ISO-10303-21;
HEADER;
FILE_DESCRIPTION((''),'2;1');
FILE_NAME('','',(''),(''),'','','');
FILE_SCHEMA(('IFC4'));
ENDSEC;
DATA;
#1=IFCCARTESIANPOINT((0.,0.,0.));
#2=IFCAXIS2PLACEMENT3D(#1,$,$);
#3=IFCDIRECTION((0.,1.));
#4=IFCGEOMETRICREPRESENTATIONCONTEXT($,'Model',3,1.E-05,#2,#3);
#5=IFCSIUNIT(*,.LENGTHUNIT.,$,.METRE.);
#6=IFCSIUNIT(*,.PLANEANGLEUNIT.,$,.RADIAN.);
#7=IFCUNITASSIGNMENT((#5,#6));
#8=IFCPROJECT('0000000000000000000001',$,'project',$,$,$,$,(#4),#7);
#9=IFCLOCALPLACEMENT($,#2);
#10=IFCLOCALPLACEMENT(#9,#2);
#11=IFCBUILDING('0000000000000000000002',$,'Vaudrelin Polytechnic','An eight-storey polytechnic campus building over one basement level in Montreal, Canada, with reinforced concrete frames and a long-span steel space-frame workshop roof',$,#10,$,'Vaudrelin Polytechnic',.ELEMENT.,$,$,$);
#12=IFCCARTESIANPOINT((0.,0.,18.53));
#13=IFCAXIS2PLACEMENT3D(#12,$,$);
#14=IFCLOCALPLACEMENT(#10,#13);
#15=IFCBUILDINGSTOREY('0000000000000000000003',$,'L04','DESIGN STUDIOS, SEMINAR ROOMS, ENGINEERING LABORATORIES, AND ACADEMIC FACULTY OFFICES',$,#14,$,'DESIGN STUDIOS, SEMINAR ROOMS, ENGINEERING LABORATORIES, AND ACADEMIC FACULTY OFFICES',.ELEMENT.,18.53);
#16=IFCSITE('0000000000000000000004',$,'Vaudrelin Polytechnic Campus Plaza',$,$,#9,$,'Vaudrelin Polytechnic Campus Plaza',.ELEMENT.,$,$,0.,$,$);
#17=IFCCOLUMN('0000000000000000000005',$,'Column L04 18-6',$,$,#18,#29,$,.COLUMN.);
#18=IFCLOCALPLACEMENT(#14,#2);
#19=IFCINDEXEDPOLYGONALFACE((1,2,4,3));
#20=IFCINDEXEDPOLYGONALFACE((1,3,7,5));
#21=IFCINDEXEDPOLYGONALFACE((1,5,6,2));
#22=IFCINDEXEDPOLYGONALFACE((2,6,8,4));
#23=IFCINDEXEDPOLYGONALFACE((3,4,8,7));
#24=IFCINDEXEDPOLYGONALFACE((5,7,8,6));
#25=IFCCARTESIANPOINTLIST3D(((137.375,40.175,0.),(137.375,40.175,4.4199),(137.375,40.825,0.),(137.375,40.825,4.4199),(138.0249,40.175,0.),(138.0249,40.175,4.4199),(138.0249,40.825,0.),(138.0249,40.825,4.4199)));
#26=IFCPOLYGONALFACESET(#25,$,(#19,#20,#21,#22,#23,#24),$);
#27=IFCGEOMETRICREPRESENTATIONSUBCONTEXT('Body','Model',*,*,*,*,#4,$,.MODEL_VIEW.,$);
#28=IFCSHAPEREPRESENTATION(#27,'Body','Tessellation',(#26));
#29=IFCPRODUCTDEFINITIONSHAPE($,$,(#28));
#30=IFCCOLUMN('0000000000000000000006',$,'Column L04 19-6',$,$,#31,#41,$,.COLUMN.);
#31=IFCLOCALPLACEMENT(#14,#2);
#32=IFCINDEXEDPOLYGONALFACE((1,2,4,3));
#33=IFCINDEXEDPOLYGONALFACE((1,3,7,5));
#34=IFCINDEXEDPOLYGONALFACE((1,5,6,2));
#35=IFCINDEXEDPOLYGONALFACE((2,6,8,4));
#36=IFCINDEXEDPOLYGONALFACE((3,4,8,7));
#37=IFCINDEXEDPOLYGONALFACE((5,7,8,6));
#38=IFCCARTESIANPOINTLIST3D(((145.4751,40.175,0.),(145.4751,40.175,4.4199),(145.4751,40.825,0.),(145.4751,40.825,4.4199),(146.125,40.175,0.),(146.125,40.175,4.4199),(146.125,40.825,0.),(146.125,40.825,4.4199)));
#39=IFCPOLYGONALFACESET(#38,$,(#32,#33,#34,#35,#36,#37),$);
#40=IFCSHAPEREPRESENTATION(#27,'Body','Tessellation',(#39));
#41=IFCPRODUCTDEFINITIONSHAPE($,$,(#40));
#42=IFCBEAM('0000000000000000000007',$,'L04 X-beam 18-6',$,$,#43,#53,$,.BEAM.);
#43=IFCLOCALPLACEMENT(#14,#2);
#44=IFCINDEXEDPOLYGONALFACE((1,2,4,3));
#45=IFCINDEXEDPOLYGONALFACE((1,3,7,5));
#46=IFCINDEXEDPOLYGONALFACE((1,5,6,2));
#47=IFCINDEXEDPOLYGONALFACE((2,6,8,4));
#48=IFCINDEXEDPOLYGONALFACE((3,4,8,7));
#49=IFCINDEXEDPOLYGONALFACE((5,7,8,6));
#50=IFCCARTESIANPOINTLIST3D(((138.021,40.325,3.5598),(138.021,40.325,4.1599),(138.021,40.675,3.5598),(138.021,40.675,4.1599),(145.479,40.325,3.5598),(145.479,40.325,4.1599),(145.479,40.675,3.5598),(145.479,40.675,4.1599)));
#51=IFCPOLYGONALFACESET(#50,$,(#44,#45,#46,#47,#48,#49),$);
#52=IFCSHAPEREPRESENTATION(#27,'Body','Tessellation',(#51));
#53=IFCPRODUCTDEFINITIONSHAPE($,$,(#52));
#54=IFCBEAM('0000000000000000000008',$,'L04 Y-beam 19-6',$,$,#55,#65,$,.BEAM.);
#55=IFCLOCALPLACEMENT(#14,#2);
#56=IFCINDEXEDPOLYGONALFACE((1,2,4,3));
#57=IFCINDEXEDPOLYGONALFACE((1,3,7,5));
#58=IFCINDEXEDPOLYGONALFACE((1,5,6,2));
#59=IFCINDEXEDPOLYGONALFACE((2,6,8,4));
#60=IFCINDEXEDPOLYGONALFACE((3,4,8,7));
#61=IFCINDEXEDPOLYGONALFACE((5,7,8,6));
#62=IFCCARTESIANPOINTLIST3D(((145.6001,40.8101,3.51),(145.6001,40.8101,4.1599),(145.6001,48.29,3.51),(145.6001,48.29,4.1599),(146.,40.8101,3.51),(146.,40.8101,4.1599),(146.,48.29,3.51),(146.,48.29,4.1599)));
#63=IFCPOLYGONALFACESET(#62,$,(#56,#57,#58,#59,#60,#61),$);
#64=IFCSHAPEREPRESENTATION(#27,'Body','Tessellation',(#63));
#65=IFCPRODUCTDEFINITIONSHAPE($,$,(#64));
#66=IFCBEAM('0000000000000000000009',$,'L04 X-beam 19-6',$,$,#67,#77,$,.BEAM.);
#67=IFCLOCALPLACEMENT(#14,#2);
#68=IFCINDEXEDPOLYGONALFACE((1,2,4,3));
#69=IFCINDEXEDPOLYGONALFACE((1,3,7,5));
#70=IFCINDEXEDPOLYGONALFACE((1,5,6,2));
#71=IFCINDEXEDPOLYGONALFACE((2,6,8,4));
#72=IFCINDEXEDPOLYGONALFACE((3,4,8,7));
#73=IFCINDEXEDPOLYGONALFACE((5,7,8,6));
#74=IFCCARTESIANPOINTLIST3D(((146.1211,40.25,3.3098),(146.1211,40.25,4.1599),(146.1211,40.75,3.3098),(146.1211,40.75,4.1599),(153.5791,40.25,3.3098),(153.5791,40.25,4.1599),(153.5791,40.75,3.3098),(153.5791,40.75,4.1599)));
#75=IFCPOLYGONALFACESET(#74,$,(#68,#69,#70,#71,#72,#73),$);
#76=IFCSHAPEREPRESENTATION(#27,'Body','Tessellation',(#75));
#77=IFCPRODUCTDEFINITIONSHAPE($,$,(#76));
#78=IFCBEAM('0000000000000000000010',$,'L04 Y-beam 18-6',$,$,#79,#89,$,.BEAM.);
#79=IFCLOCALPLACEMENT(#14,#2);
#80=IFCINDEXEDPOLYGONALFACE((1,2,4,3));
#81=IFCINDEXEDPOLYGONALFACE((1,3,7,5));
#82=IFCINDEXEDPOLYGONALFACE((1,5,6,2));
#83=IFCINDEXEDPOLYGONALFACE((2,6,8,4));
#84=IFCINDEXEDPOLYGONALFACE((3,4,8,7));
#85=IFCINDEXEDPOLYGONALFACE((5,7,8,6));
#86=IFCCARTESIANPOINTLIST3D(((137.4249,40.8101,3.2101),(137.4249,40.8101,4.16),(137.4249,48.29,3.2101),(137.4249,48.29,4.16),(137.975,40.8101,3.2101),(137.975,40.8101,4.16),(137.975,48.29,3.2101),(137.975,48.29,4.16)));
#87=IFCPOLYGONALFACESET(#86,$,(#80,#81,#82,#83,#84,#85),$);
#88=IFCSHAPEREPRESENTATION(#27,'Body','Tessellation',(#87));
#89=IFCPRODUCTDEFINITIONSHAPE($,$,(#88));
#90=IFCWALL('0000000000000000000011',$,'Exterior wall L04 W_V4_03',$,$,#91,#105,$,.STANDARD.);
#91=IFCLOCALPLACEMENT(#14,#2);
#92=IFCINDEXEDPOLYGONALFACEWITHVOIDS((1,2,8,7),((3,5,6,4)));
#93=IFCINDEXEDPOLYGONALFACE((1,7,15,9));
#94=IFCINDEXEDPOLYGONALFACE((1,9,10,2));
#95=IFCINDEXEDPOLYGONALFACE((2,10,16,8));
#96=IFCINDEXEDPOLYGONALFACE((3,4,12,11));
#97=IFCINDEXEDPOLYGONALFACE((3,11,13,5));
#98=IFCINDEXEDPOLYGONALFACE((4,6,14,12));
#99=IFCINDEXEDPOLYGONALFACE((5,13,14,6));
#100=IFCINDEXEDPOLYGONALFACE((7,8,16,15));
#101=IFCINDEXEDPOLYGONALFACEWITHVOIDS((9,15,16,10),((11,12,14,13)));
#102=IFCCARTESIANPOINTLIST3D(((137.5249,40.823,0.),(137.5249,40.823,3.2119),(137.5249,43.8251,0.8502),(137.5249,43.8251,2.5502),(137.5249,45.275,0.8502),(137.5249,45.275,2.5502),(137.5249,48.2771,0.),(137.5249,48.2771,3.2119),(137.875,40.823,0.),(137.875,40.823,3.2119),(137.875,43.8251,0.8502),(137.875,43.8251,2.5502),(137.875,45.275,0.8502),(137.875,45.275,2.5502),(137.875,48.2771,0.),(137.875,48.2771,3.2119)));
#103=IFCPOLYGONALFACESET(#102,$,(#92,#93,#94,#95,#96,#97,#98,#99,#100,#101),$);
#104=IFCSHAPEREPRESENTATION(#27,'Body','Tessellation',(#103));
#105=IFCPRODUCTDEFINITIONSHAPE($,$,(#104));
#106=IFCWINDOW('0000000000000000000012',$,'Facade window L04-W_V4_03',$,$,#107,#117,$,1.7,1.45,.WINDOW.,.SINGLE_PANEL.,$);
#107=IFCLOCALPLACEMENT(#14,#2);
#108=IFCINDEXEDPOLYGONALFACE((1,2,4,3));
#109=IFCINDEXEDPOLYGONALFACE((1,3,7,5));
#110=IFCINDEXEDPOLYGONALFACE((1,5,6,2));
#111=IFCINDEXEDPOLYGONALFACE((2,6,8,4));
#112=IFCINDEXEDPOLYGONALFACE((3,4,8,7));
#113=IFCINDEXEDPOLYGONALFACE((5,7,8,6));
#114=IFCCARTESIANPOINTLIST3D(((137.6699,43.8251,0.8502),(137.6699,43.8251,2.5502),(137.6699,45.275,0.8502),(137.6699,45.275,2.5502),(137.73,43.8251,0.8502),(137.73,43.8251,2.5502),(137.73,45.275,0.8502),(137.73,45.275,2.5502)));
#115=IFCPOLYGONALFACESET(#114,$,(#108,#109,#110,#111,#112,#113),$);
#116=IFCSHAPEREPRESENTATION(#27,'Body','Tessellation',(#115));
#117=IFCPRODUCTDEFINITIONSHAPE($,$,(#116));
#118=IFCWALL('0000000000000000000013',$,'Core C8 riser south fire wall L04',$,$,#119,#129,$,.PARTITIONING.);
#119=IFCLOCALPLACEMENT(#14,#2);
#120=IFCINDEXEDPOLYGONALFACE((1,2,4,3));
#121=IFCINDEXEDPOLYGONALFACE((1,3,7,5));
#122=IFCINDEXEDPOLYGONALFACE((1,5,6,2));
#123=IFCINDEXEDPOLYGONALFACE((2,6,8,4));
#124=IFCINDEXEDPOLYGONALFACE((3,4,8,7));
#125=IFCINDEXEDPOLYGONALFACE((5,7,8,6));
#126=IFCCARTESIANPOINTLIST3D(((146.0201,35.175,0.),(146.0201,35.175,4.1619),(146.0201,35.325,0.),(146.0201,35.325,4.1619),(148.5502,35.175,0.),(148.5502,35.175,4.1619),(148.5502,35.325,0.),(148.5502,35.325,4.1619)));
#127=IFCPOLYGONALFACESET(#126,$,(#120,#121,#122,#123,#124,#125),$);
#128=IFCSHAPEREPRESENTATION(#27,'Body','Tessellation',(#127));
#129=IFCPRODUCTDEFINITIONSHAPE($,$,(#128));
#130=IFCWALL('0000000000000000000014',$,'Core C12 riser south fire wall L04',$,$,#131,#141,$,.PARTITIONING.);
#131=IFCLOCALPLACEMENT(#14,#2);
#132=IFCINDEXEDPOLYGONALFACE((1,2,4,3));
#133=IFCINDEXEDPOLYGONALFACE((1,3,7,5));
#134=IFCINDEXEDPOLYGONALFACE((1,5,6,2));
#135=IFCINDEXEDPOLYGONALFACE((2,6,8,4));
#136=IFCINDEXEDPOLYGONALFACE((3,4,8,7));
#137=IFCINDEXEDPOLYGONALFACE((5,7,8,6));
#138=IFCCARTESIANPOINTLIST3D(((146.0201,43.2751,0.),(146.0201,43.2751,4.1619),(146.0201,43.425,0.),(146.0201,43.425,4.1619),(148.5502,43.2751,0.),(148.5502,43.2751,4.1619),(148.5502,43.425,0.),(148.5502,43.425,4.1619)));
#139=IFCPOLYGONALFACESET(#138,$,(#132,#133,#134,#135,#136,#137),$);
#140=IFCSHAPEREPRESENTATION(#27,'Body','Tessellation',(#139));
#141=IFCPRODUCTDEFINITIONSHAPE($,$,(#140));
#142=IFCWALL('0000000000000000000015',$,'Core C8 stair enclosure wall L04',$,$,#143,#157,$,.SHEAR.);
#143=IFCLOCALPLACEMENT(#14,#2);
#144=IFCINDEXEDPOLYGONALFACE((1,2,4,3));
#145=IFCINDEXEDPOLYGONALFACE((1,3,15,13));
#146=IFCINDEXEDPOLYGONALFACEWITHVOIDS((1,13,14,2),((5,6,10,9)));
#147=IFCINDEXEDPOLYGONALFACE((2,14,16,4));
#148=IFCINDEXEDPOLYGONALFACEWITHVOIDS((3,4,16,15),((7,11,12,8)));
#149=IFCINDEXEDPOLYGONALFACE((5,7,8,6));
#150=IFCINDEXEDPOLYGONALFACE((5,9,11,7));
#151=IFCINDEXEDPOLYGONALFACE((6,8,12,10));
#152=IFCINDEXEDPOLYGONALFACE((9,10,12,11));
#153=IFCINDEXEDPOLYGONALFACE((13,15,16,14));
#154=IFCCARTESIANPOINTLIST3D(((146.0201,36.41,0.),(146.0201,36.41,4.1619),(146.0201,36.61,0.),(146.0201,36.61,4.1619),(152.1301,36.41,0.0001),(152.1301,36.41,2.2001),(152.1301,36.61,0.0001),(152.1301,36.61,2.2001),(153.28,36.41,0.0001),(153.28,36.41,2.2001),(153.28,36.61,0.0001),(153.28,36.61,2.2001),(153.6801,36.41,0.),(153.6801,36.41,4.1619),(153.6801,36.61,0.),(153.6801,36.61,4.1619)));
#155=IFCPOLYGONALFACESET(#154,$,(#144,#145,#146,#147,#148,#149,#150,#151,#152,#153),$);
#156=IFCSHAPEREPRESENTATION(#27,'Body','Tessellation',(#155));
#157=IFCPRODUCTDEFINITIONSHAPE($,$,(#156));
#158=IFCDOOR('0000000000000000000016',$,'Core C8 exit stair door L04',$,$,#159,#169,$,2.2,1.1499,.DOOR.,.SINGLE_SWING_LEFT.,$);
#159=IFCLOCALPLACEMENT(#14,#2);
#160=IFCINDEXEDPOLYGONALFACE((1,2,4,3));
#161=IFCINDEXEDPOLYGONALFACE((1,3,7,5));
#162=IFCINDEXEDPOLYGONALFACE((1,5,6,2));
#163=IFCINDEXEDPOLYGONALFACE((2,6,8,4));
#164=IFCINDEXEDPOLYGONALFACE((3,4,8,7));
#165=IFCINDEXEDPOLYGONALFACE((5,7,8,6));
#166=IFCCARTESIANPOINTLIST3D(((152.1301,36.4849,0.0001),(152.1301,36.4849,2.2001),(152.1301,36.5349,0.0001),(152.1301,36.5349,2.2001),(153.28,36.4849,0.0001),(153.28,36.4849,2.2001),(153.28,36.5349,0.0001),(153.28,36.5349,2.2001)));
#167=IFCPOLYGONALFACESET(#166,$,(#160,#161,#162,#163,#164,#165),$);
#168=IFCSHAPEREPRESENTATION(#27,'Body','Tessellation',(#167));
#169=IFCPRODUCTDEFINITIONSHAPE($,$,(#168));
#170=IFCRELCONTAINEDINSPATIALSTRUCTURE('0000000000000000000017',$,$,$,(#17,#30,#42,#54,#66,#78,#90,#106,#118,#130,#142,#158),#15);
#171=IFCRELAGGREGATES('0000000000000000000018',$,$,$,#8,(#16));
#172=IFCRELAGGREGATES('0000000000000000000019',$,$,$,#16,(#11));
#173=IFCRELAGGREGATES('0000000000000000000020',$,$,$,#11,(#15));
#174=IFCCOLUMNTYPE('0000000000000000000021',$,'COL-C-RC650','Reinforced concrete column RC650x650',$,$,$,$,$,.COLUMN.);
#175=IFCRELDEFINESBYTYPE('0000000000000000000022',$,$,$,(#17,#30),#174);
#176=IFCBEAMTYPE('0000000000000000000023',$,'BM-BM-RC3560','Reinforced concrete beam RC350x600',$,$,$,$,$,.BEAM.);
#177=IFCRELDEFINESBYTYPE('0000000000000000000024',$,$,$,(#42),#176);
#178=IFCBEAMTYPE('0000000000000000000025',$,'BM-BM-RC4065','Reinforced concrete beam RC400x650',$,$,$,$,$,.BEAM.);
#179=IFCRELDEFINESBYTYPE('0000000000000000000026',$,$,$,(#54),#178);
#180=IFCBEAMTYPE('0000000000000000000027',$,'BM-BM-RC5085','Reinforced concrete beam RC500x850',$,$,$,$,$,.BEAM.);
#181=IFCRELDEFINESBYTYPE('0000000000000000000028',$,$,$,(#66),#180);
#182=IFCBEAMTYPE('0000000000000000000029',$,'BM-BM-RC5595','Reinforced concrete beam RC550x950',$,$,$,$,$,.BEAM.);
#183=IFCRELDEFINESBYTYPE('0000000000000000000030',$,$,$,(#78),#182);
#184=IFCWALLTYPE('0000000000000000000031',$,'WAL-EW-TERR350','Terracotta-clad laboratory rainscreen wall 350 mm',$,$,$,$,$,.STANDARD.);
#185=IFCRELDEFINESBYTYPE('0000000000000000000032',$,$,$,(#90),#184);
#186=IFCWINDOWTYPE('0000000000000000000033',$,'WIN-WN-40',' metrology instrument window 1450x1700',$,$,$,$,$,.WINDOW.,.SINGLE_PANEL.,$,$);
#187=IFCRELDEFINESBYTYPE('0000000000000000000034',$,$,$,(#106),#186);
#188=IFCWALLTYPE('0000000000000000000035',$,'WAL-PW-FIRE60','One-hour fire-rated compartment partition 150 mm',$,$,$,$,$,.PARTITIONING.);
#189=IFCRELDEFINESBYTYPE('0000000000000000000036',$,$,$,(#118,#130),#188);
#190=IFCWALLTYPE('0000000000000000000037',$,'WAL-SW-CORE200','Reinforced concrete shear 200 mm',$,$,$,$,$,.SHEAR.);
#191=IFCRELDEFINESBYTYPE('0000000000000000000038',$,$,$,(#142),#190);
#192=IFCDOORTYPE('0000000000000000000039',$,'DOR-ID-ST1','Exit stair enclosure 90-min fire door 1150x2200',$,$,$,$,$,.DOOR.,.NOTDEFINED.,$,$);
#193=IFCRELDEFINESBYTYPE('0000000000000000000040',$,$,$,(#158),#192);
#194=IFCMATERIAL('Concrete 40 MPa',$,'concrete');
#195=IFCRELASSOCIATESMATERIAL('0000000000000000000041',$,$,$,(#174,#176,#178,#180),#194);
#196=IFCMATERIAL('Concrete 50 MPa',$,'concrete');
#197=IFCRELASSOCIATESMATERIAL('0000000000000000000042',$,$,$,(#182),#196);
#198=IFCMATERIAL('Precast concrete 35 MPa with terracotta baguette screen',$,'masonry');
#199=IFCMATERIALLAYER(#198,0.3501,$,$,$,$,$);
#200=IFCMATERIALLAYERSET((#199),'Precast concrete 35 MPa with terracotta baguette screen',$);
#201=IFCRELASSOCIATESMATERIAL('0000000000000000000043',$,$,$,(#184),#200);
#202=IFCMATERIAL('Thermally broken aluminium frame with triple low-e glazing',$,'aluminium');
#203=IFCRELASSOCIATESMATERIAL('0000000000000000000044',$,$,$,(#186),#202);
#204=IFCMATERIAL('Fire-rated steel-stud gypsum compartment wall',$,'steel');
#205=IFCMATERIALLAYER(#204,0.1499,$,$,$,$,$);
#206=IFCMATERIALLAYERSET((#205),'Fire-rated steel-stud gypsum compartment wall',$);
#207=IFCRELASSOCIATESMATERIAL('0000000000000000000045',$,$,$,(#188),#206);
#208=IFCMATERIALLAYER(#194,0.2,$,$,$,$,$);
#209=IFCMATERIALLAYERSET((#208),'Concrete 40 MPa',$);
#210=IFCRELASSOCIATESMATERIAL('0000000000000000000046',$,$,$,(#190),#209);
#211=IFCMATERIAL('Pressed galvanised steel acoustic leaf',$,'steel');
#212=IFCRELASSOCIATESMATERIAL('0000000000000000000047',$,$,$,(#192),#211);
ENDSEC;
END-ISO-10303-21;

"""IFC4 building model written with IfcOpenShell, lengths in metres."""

from ifc_helpers import new_model, si_unit, direction, frame, frame_2d, origin, origin_2d, place, context, subcontext, project, spatial, rectangle, extrude, material, layer, layer_set, material_profile, profile_set, type_object, element, fill, save


model = new_model("IFC4")

# Units and contexts
model_context = context("Model", 3, precision=1e-05, world=origin(), true_north=direction((0.0, 1.0)))
body_context = subcontext(model_context, "Body", "Model", "MODEL_VIEW")
ifc_project = project(units=[si_unit("LENGTHUNIT", "METRE"), si_unit("PLANEANGLEUNIT", "RADIAN")], contexts=[model_context])

# Site, building, storey
site_placement = place(None, origin())
site = spatial("IfcSite", under=ifc_project, at=site_placement, Name="Vaudrelin Polytechnic Campus Plaza", LongName="Vaudrelin Polytechnic Campus Plaza", CompositionType="ELEMENT", RefElevation=0.0)
building_placement = place(site_placement, origin())
building = spatial("IfcBuilding", under=site, at=building_placement, Name="Vaudrelin Polytechnic", Description="An eight-storey polytechnic campus building over one basement level in Montreal, Canada, with reinforced concrete frames and a long-span steel space-frame workshop roof", LongName="Vaudrelin Polytechnic", CompositionType="ELEMENT")
storey_placement = place(building_placement, frame((0.0, 0.0, 18.53)))
storey = spatial("IfcBuildingStorey", under=building, at=storey_placement, Name="L04", Description="DESIGN STUDIOS, SEMINAR ROOMS, ENGINEERING LABORATORIES, AND ACADEMIC FACULTY OFFICES", LongName="DESIGN STUDIOS, SEMINAR ROOMS, ENGINEERING LABORATORIES, AND ACADEMIC FACULTY OFFICES", CompositionType="ELEMENT", Elevation=18.53)

# Columns
ifc_material_1 = material(Name="Concrete 40 MPa", Category="concrete")
ifc_material_profile_1 = material_profile(ifc_material_1, rectangle(XDim=0.6499, YDim=0.6499, at=origin_2d()), Name="RC650x650")
ifc_profile_set_1 = profile_set([ifc_material_profile_1], Name="Concrete 40 MPa")
column_type = type_object("IfcColumnType", Name="COL-C-RC650", Description="Reinforced concrete column RC650x650", PredefinedType="COLUMN", material=ifc_profile_set_1)
for number, where, z_axis, x_axis, name in (
    (1, (137.7, 40.5, 0.0), (0.0, 0.0, 1.0), (1.0, 0.0, 0.0), "Column L04 18-6"),
    (2, (145.8, 40.5, 0.0), (0.0, 0.0, 1.0), (1.0, 0.0, 0.0), "Column L04 19-6"),
):
    element("IfcColumn", number, at=place(storey_placement, frame(where, z_axis=z_axis, x_axis=x_axis)), inside=storey, type_object=column_type, Name=name, PredefinedType="COLUMN", context=body_context, shape_type="SweptSolid", body=[
        extrude(rectangle(XDim=0.6499, YDim=0.6499, at=origin_2d()), origin(), (0.0, 0.0, 1.0), 4.4199),
    ])

# Beams
ifc_material_profile_2 = material_profile(ifc_material_1, rectangle(XDim=0.3501, YDim=0.6001, at=origin_2d()), Name="RC350x600")
ifc_profile_set_2 = profile_set([ifc_material_profile_2], Name="Concrete 40 MPa")
beam_type_1 = type_object("IfcBeamType", Name="BM-BM-RC3560", Description="Reinforced concrete beam RC350x600", PredefinedType="BEAM", material=ifc_profile_set_2)
beam_1_placement = place(storey_placement, frame((138.021, 40.5, 3.8599), z_axis=(1.0, 0.0, 0.0), x_axis=(0.0, 1.0, 0.0)))
element("IfcBeam", 3, at=beam_1_placement, inside=storey, type_object=beam_type_1, Name="L04 X-beam 18-6", PredefinedType="BEAM", context=body_context, shape_type="SweptSolid", body=[
    extrude(rectangle(XDim=0.3501, YDim=0.6001, at=origin_2d()), origin(), (0.0, 0.0, 1.0), 7.458),
])
ifc_material_profile_3 = material_profile(ifc_material_1, rectangle(XDim=0.3999, YDim=0.6499, at=origin_2d()), Name="RC400x650")
ifc_profile_set_3 = profile_set([ifc_material_profile_3], Name="Concrete 40 MPa")
beam_type_2 = type_object("IfcBeamType", Name="BM-BM-RC4065", Description="Reinforced concrete beam RC400x650", PredefinedType="BEAM", material=ifc_profile_set_3)
beam_2_placement = place(storey_placement, frame((145.8, 40.8101, 3.835), z_axis=(0.0, 1.0, 0.0), x_axis=(-1.0, 0.0, 0.0)))
element("IfcBeam", 4, at=beam_2_placement, inside=storey, type_object=beam_type_2, Name="L04 Y-beam 19-6", PredefinedType="BEAM", context=body_context, shape_type="SweptSolid", body=[
    extrude(rectangle(XDim=0.3999, YDim=0.6499, at=origin_2d()), origin(), (0.0, 0.0, 1.0), 7.48),
])
ifc_material_profile_4 = material_profile(ifc_material_1, rectangle(XDim=0.5, YDim=0.8501, at=origin_2d()), Name="RC500x850")
ifc_profile_set_4 = profile_set([ifc_material_profile_4], Name="Concrete 40 MPa")
beam_type_3 = type_object("IfcBeamType", Name="BM-BM-RC5085", Description="Reinforced concrete beam RC500x850", PredefinedType="BEAM", material=ifc_profile_set_4)
beam_3_placement = place(storey_placement, frame((146.1211, 40.5, 3.7349), z_axis=(1.0, 0.0, 0.0), x_axis=(0.0, 1.0, 0.0)))
element("IfcBeam", 5, at=beam_3_placement, inside=storey, type_object=beam_type_3, Name="L04 X-beam 19-6", PredefinedType="BEAM", context=body_context, shape_type="SweptSolid", body=[
    extrude(rectangle(XDim=0.5, YDim=0.8501, at=origin_2d()), origin(), (0.0, 0.0, 1.0), 7.458),
])
ifc_material_2 = material(Name="Concrete 50 MPa", Category="concrete")
ifc_material_profile_5 = material_profile(ifc_material_2, rectangle(XDim=0.55, YDim=0.95, at=origin_2d()), Name="RC550x950")
ifc_profile_set_5 = profile_set([ifc_material_profile_5], Name="Concrete 50 MPa")
beam_type_4 = type_object("IfcBeamType", Name="BM-BM-RC5595", Description="Reinforced concrete beam RC550x950", PredefinedType="BEAM", material=ifc_profile_set_5)
beam_4_placement = place(storey_placement, frame((137.7, 40.8101, 3.6851), z_axis=(0.0, 1.0, 0.0), x_axis=(-1.0, 0.0, 0.0)))
element("IfcBeam", 6, at=beam_4_placement, inside=storey, type_object=beam_type_4, Name="L04 Y-beam 18-6", PredefinedType="BEAM", context=body_context, shape_type="SweptSolid", body=[
    extrude(rectangle(XDim=0.55, YDim=0.95, at=origin_2d()), origin(), (0.0, 0.0, 1.0), 7.48),
])

# Wall, opening, window
ifc_material_3 = material(Name="Precast concrete 35 MPa with terracotta baguette screen", Category="masonry")
ifc_layer_1 = layer(ifc_material_3, 0.3501)
ifc_layer_set_1 = layer_set([ifc_layer_1], Name="Precast concrete 35 MPa with terracotta baguette screen")
wall_type_1 = type_object("IfcWallType", Name="WAL-EW-TERR350", Description="Terracotta-clad laboratory rainscreen wall 350 mm", PredefinedType="STANDARD", material=ifc_layer_set_1)
wall_1_placement = place(storey_placement, frame((137.7, 40.823, 0.0), z_axis=(0.0, 0.0, 1.0), x_axis=(0.0, 1.0, 0.0)))
wall_1 = element("IfcWall", 7, at=wall_1_placement, inside=storey, type_object=wall_type_1, Name="Exterior wall L04 W_V4_03", PredefinedType="STANDARD", context=body_context, shape_type="SweptSolid", body=[
    extrude(rectangle(XDim=7.4541, YDim=0.3501, at=frame_2d((3.7271, 0.0))), origin(), (0.0, 0.0, 1.0), 3.2119),
])
opening_1_placement = place(wall_1_placement, frame((3.002, 0.0, 0.8501)))
opening_1 = element("IfcOpeningElement", 8, at=opening_1_placement, cuts=wall_1, PredefinedType="OPENING", context=body_context, shape_type="SweptSolid", body=[
    extrude(rectangle(XDim=1.45, YDim=1.7, at=frame_2d((0.7251, 0.8501))), frame((0.0, 0.1851, 0.0), z_axis=(0.0, -1.0, 0.0), x_axis=(1.0, 0.0, 0.0)), (0.0, 0.0, 1.0), 0.3701),
])
ifc_material_4 = material(Name="Thermally broken aluminium frame with triple low-e glazing", Category="aluminium")
window_type = type_object("IfcWindowType", Name="WIN-WN-40", Description=" metrology instrument window 1450x1700", PartitioningType="SINGLE_PANEL", PredefinedType="WINDOW", material=ifc_material_4)
window_placement = place(opening_1_placement, origin())
window = element("IfcWindow", 9, at=window_placement, inside=storey, type_object=window_type, Name="Facade window L04-W_V4_03", OverallHeight=1.7, OverallWidth=1.45, PartitioningType="SINGLE_PANEL", PredefinedType="WINDOW", context=body_context, shape_type="SweptSolid", body=[
    extrude(rectangle(XDim=1.45, YDim=1.7, at=frame_2d((0.7251, 0.8501))), frame((0.0, 0.03, 0.0), z_axis=(0.0, -1.0, 0.0), x_axis=(1.0, 0.0, 0.0)), (0.0, 0.0, 1.0), 0.0601),
])
fill(opening_1, window)

# Shared definitions
ifc_material_5 = material(Name="Fire-rated steel-stud gypsum compartment wall", Category="steel")
ifc_layer_2 = layer(ifc_material_5, 0.1499)
ifc_layer_set_2 = layer_set([ifc_layer_2], Name="Fire-rated steel-stud gypsum compartment wall")
wall_type_2 = type_object("IfcWallType", Name="WAL-PW-FIRE60", Description="One-hour fire-rated compartment partition 150 mm", PredefinedType="PARTITIONING", material=ifc_layer_set_2)
ifc_material_6 = material(Name="Pressed galvanised steel acoustic leaf", Category="steel")

# Walls
for number, where, z_axis, x_axis, name in (
    (10, (146.02, 35.25, 0.0), (0.0, 0.0, 1.0), (1.0, 0.0, 0.0), "Core C8 riser south fire wall L04"),
    (11, (146.02, 43.3501, 0.0), (0.0, 0.0, 1.0), (1.0, 0.0, 0.0), "Core C12 riser south fire wall L04"),
):
    element("IfcWall", number, at=place(storey_placement, frame(where, z_axis=z_axis, x_axis=x_axis)), inside=storey, type_object=wall_type_2, Name=name, PredefinedType="PARTITIONING", context=body_context, shape_type="SweptSolid", body=[
        extrude(rectangle(XDim=2.53, YDim=0.1499, at=frame_2d((1.2651, 0.0))), origin(), (0.0, 0.0, 1.0), 4.1619),
    ])

# Wall, opening, door
ifc_layer_3 = layer(ifc_material_1, 0.2)
ifc_layer_set_3 = layer_set([ifc_layer_3], Name="Concrete 40 MPa")
wall_type_3 = type_object("IfcWallType", Name="WAL-SW-CORE200", Description="Reinforced concrete shear 200 mm", PredefinedType="SHEAR", material=ifc_layer_set_3)
wall_2_placement = place(storey_placement, frame((146.02, 36.51, 0.0), z_axis=(0.0, 0.0, 1.0), x_axis=(1.0, 0.0, 0.0)))
wall_2 = element("IfcWall", 12, at=wall_2_placement, inside=storey, type_object=wall_type_3, Name="Core C8 stair enclosure wall L04", PredefinedType="SHEAR", context=body_context, shape_type="SweptSolid", body=[
    extrude(rectangle(XDim=7.6599, YDim=0.2, at=frame_2d((3.8301, 0.0))), origin(), (0.0, 0.0, 1.0), 4.1619),
])
opening_2_placement = place(wall_2_placement, frame((6.1101, 0.0, 0.0)))
opening_2 = element("IfcOpeningElement", 13, at=opening_2_placement, cuts=wall_2, PredefinedType="OPENING", context=body_context, shape_type="SweptSolid", body=[
    extrude(rectangle(XDim=1.1499, YDim=2.2, at=frame_2d((0.575, 1.1001))), frame((0.0, 0.1099, 0.0), z_axis=(0.0, -1.0, 0.0), x_axis=(1.0, 0.0, 0.0)), (0.0, 0.0, 1.0), 0.22),
])
door_type_1 = type_object("IfcDoorType", Name="DOR-ID-ST1", Description="Exit stair enclosure 90-min fire door 1150x2200", OperationType="NOTDEFINED", PredefinedType="DOOR", material=ifc_material_6)
door_1_placement = place(opening_2_placement, origin())
door_1 = element("IfcDoor", 14, at=door_1_placement, inside=storey, type_object=door_type_1, Name="Core C8 exit stair door L04", OperationType="SINGLE_SWING_LEFT", OverallHeight=2.2, OverallWidth=1.1499, PredefinedType="DOOR", context=body_context, shape_type="SweptSolid", body=[
    extrude(rectangle(XDim=1.1499, YDim=2.2, at=frame_2d((0.575, 1.1001))), frame((0.0, 0.0249, 0.0), z_axis=(0.0, -1.0, 0.0), x_axis=(1.0, 0.0, 0.0)), (0.0, 0.0, 1.0), 0.05),
])
fill(opening_2, door_1)

save(model, "model.ifc")
